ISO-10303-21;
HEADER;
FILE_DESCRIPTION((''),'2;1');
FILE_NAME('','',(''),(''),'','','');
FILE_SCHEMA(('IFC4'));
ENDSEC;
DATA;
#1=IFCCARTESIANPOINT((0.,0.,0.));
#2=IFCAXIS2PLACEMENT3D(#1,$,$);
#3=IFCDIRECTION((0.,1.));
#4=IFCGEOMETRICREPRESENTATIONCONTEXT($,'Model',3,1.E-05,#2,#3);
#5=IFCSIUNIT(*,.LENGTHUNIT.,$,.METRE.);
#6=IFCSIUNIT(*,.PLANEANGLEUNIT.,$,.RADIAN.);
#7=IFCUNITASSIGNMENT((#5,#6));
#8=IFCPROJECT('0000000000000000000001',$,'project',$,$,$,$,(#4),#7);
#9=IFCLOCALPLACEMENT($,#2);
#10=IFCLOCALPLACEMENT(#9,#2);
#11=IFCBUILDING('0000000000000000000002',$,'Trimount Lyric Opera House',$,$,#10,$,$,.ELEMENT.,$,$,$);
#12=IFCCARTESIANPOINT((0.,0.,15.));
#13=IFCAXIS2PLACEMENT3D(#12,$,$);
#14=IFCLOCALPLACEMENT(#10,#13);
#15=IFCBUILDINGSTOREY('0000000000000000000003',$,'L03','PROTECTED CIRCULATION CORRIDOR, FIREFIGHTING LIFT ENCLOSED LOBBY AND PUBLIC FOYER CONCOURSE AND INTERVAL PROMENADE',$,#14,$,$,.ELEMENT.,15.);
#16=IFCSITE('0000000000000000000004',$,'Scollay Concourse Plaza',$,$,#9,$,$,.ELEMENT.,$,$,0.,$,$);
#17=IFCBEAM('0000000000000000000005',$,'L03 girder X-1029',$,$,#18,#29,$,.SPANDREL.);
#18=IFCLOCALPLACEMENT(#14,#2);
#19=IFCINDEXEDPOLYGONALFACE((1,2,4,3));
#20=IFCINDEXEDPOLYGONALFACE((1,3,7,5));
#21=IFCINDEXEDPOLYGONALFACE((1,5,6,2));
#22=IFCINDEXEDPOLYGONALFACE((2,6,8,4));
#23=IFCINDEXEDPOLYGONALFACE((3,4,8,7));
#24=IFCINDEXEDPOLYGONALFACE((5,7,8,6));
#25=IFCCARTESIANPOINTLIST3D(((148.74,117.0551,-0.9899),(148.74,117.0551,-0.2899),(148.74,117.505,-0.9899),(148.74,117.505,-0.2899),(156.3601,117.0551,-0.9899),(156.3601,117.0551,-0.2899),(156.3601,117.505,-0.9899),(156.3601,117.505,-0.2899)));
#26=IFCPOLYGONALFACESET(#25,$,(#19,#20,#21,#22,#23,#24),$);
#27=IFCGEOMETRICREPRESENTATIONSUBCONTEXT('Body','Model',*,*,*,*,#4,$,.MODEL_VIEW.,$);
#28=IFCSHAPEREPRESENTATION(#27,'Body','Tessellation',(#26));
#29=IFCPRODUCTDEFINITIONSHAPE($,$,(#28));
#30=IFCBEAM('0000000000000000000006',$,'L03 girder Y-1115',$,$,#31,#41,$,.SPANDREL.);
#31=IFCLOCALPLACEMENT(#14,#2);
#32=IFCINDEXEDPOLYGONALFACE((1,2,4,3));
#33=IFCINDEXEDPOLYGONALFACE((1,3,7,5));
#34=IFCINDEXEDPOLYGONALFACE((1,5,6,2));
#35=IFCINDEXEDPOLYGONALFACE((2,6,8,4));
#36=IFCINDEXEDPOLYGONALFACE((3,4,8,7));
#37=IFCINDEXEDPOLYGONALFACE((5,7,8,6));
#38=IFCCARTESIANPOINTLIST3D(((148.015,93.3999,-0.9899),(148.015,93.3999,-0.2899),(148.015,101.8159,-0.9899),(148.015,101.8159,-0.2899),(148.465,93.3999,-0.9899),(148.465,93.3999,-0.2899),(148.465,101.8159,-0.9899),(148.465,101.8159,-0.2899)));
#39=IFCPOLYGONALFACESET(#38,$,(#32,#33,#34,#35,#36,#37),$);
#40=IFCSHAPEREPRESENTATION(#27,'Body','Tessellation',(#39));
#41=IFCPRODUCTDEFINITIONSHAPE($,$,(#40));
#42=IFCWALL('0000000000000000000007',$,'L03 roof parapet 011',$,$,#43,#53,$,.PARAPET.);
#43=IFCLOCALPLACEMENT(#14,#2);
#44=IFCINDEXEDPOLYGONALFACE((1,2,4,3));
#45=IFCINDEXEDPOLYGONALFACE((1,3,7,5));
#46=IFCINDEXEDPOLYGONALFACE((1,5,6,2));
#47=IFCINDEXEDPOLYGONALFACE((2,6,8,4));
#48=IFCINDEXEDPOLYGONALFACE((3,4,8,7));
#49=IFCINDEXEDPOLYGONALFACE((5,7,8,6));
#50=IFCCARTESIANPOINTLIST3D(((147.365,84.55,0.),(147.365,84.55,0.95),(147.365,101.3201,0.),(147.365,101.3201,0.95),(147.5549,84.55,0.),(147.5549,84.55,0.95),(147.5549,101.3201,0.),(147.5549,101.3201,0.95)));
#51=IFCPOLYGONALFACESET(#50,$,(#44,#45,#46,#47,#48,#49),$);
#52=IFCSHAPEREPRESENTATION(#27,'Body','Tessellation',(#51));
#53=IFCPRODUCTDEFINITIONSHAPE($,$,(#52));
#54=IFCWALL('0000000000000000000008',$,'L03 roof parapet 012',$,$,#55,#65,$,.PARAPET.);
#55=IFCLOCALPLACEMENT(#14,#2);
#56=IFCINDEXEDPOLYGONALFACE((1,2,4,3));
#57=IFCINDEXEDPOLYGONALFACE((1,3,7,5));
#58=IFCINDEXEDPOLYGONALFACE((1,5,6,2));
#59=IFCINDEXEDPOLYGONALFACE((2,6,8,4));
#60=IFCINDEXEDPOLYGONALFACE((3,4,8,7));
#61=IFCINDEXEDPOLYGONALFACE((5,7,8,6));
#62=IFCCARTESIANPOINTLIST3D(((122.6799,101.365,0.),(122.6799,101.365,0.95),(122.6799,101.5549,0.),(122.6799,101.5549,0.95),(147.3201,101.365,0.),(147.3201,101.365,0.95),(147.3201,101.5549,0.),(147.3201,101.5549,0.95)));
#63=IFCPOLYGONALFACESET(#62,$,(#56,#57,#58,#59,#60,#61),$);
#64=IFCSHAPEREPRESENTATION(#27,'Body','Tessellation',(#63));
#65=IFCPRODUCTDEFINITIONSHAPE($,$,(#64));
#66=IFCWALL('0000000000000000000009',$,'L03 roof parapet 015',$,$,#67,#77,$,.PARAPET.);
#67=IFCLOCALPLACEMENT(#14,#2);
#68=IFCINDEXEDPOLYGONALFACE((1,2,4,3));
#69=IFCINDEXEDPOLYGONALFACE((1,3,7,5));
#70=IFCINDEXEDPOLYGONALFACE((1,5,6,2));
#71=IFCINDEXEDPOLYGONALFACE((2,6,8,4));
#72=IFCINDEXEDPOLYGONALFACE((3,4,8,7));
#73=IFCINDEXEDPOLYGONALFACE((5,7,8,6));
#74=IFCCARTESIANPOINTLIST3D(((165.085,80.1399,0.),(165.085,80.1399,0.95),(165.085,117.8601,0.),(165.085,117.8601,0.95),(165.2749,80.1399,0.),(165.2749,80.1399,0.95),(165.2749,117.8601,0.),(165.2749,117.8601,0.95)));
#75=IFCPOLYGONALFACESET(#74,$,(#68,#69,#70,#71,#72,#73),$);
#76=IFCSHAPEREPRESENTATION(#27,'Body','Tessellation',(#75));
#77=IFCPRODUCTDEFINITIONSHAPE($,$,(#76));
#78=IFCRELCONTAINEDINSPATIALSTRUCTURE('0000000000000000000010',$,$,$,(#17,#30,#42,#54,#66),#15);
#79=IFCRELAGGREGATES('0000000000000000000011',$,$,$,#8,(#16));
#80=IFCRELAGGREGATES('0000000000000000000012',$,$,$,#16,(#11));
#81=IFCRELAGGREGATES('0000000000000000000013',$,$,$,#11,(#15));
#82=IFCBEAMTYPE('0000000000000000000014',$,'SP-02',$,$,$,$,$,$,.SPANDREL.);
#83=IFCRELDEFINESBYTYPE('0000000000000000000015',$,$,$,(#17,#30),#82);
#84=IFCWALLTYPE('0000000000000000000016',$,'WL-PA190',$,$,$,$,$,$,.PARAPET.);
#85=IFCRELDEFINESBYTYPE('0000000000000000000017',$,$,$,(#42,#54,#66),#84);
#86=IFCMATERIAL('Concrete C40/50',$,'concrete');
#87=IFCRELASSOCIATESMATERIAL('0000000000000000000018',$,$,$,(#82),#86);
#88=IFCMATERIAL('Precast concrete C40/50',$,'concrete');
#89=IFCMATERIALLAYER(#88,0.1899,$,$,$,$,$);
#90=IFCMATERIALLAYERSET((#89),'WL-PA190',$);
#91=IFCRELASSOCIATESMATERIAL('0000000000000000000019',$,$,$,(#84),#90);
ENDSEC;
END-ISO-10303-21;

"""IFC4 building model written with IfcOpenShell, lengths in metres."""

from ifc_helpers import new_model, si_unit, direction, frame, frame_2d, origin, origin_2d, place, context, subcontext, project, spatial, rectangle, extrude, material, layer, layer_set, material_profile, profile_set, type_object, element, save


model = new_model("IFC4")

# Units and contexts
model_context = context("Model", 3, precision=1e-05, world=origin(), true_north=direction((0.0, 1.0)))
body_context = subcontext(model_context, "Body", "Model", "MODEL_VIEW")
ifc_project = project(units=[si_unit("LENGTHUNIT", "METRE"), si_unit("PLANEANGLEUNIT", "RADIAN")], contexts=[model_context])

# Site, building, storey
site_placement = place(None, origin())
site = spatial("IfcSite", under=ifc_project, at=site_placement, Name="Scollay Concourse Plaza", CompositionType="ELEMENT", RefElevation=0.0)
building_placement = place(site_placement, origin())
building = spatial("IfcBuilding", under=site, at=building_placement, Name="Trimount Lyric Opera House", CompositionType="ELEMENT")
storey_placement = place(building_placement, frame((0.0, 0.0, 15.0)))
storey = spatial("IfcBuildingStorey", under=building, at=storey_placement, Name="L03", Description="PROTECTED CIRCULATION CORRIDOR, FIREFIGHTING LIFT ENCLOSED LOBBY AND PUBLIC FOYER CONCOURSE AND INTERVAL PROMENADE", CompositionType="ELEMENT", Elevation=15.0)

# Beams
ifc_material_1 = material(Name="Concrete C40/50", Category="concrete")
ifc_material_profile_1 = material_profile(ifc_material_1, rectangle(XDim=0.45, YDim=0.7, at=origin_2d()), Name="RC450X700")
ifc_profile_set_1 = profile_set([ifc_material_profile_1], Name="Concrete C40/50")
beam_type_1 = type_object("IfcBeamType", Name="SP-02", PredefinedType="SPANDREL", material=ifc_profile_set_1)
beam_1_placement = place(storey_placement, frame((148.74, 117.28, -0.6399), z_axis=(1.0, 0.0, 0.0), x_axis=(0.0, 1.0, 0.0)))
element("IfcBeam", 1, at=beam_1_placement, inside=storey, type_object=beam_type_1, Name="L03 girder X-1029", PredefinedType="SPANDREL", context=body_context, shape_type="SweptSolid", body=[
    extrude(rectangle(XDim=0.45, YDim=0.7, at=origin_2d()), origin(), (0.0, 0.0, 1.0), 7.6201),
])
beam_2_placement = place(storey_placement, frame((148.24, 93.3999, -0.6399), z_axis=(0.0, 1.0, 0.0), x_axis=(-1.0, 0.0, 0.0)))
element("IfcBeam", 2, at=beam_2_placement, inside=storey, type_object=beam_type_1, Name="L03 girder Y-1115", PredefinedType="SPANDREL", context=body_context, shape_type="SweptSolid", body=[
    extrude(rectangle(XDim=0.45, YDim=0.7, at=origin_2d()), origin(), (0.0, 0.0, 1.0), 8.416),
])

# Walls
ifc_material_2 = material(Name="Precast concrete C40/50", Category="concrete")
ifc_layer = layer(ifc_material_2, 0.1899)
ifc_layer_set = layer_set([ifc_layer], Name="WL-PA190")
wall_type = type_object("IfcWallType", Name="WL-PA190", PredefinedType="PARAPET", material=ifc_layer_set)
wall_1_placement = place(storey_placement, frame((147.46, 84.55, 0.0), z_axis=(0.0, 0.0, 1.0), x_axis=(0.0, 1.0, 0.0)))
element("IfcWall", 3, at=wall_1_placement, inside=storey, type_object=wall_type, Name="L03 roof parapet 011", PredefinedType="PARAPET", context=body_context, shape_type="SweptSolid", body=[
    extrude(rectangle(XDim=16.77, YDim=0.1899, at=frame_2d((8.385, 0.0))), origin(), (0.0, 0.0, 1.0), 0.95),
])
wall_2_placement = place(storey_placement, frame((147.3201, 101.46, 0.0), z_axis=(0.0, 0.0, 1.0), x_axis=(-1.0, 0.0, 0.0)))
element("IfcWall", 4, at=wall_2_placement, inside=storey, type_object=wall_type, Name="L03 roof parapet 012", PredefinedType="PARAPET", context=body_context, shape_type="SweptSolid", body=[
    extrude(rectangle(XDim=24.6401, YDim=0.1899, at=frame_2d((12.3201, 0.0))), origin(), (0.0, 0.0, 1.0), 0.95),
])
wall_3_placement = place(storey_placement, frame((165.1799, 117.8601, 0.0), z_axis=(0.0, 0.0, 1.0), x_axis=(0.0, -1.0, 0.0)))
element("IfcWall", 5, at=wall_3_placement, inside=storey, type_object=wall_type, Name="L03 roof parapet 015", PredefinedType="PARAPET", context=body_context, shape_type="SweptSolid", body=[
    extrude(rectangle(XDim=37.7202, YDim=0.1899, at=frame_2d((18.8601, 0.0))), origin(), (0.0, 0.0, 1.0), 0.95),
])

save(model, "model.ifc")
